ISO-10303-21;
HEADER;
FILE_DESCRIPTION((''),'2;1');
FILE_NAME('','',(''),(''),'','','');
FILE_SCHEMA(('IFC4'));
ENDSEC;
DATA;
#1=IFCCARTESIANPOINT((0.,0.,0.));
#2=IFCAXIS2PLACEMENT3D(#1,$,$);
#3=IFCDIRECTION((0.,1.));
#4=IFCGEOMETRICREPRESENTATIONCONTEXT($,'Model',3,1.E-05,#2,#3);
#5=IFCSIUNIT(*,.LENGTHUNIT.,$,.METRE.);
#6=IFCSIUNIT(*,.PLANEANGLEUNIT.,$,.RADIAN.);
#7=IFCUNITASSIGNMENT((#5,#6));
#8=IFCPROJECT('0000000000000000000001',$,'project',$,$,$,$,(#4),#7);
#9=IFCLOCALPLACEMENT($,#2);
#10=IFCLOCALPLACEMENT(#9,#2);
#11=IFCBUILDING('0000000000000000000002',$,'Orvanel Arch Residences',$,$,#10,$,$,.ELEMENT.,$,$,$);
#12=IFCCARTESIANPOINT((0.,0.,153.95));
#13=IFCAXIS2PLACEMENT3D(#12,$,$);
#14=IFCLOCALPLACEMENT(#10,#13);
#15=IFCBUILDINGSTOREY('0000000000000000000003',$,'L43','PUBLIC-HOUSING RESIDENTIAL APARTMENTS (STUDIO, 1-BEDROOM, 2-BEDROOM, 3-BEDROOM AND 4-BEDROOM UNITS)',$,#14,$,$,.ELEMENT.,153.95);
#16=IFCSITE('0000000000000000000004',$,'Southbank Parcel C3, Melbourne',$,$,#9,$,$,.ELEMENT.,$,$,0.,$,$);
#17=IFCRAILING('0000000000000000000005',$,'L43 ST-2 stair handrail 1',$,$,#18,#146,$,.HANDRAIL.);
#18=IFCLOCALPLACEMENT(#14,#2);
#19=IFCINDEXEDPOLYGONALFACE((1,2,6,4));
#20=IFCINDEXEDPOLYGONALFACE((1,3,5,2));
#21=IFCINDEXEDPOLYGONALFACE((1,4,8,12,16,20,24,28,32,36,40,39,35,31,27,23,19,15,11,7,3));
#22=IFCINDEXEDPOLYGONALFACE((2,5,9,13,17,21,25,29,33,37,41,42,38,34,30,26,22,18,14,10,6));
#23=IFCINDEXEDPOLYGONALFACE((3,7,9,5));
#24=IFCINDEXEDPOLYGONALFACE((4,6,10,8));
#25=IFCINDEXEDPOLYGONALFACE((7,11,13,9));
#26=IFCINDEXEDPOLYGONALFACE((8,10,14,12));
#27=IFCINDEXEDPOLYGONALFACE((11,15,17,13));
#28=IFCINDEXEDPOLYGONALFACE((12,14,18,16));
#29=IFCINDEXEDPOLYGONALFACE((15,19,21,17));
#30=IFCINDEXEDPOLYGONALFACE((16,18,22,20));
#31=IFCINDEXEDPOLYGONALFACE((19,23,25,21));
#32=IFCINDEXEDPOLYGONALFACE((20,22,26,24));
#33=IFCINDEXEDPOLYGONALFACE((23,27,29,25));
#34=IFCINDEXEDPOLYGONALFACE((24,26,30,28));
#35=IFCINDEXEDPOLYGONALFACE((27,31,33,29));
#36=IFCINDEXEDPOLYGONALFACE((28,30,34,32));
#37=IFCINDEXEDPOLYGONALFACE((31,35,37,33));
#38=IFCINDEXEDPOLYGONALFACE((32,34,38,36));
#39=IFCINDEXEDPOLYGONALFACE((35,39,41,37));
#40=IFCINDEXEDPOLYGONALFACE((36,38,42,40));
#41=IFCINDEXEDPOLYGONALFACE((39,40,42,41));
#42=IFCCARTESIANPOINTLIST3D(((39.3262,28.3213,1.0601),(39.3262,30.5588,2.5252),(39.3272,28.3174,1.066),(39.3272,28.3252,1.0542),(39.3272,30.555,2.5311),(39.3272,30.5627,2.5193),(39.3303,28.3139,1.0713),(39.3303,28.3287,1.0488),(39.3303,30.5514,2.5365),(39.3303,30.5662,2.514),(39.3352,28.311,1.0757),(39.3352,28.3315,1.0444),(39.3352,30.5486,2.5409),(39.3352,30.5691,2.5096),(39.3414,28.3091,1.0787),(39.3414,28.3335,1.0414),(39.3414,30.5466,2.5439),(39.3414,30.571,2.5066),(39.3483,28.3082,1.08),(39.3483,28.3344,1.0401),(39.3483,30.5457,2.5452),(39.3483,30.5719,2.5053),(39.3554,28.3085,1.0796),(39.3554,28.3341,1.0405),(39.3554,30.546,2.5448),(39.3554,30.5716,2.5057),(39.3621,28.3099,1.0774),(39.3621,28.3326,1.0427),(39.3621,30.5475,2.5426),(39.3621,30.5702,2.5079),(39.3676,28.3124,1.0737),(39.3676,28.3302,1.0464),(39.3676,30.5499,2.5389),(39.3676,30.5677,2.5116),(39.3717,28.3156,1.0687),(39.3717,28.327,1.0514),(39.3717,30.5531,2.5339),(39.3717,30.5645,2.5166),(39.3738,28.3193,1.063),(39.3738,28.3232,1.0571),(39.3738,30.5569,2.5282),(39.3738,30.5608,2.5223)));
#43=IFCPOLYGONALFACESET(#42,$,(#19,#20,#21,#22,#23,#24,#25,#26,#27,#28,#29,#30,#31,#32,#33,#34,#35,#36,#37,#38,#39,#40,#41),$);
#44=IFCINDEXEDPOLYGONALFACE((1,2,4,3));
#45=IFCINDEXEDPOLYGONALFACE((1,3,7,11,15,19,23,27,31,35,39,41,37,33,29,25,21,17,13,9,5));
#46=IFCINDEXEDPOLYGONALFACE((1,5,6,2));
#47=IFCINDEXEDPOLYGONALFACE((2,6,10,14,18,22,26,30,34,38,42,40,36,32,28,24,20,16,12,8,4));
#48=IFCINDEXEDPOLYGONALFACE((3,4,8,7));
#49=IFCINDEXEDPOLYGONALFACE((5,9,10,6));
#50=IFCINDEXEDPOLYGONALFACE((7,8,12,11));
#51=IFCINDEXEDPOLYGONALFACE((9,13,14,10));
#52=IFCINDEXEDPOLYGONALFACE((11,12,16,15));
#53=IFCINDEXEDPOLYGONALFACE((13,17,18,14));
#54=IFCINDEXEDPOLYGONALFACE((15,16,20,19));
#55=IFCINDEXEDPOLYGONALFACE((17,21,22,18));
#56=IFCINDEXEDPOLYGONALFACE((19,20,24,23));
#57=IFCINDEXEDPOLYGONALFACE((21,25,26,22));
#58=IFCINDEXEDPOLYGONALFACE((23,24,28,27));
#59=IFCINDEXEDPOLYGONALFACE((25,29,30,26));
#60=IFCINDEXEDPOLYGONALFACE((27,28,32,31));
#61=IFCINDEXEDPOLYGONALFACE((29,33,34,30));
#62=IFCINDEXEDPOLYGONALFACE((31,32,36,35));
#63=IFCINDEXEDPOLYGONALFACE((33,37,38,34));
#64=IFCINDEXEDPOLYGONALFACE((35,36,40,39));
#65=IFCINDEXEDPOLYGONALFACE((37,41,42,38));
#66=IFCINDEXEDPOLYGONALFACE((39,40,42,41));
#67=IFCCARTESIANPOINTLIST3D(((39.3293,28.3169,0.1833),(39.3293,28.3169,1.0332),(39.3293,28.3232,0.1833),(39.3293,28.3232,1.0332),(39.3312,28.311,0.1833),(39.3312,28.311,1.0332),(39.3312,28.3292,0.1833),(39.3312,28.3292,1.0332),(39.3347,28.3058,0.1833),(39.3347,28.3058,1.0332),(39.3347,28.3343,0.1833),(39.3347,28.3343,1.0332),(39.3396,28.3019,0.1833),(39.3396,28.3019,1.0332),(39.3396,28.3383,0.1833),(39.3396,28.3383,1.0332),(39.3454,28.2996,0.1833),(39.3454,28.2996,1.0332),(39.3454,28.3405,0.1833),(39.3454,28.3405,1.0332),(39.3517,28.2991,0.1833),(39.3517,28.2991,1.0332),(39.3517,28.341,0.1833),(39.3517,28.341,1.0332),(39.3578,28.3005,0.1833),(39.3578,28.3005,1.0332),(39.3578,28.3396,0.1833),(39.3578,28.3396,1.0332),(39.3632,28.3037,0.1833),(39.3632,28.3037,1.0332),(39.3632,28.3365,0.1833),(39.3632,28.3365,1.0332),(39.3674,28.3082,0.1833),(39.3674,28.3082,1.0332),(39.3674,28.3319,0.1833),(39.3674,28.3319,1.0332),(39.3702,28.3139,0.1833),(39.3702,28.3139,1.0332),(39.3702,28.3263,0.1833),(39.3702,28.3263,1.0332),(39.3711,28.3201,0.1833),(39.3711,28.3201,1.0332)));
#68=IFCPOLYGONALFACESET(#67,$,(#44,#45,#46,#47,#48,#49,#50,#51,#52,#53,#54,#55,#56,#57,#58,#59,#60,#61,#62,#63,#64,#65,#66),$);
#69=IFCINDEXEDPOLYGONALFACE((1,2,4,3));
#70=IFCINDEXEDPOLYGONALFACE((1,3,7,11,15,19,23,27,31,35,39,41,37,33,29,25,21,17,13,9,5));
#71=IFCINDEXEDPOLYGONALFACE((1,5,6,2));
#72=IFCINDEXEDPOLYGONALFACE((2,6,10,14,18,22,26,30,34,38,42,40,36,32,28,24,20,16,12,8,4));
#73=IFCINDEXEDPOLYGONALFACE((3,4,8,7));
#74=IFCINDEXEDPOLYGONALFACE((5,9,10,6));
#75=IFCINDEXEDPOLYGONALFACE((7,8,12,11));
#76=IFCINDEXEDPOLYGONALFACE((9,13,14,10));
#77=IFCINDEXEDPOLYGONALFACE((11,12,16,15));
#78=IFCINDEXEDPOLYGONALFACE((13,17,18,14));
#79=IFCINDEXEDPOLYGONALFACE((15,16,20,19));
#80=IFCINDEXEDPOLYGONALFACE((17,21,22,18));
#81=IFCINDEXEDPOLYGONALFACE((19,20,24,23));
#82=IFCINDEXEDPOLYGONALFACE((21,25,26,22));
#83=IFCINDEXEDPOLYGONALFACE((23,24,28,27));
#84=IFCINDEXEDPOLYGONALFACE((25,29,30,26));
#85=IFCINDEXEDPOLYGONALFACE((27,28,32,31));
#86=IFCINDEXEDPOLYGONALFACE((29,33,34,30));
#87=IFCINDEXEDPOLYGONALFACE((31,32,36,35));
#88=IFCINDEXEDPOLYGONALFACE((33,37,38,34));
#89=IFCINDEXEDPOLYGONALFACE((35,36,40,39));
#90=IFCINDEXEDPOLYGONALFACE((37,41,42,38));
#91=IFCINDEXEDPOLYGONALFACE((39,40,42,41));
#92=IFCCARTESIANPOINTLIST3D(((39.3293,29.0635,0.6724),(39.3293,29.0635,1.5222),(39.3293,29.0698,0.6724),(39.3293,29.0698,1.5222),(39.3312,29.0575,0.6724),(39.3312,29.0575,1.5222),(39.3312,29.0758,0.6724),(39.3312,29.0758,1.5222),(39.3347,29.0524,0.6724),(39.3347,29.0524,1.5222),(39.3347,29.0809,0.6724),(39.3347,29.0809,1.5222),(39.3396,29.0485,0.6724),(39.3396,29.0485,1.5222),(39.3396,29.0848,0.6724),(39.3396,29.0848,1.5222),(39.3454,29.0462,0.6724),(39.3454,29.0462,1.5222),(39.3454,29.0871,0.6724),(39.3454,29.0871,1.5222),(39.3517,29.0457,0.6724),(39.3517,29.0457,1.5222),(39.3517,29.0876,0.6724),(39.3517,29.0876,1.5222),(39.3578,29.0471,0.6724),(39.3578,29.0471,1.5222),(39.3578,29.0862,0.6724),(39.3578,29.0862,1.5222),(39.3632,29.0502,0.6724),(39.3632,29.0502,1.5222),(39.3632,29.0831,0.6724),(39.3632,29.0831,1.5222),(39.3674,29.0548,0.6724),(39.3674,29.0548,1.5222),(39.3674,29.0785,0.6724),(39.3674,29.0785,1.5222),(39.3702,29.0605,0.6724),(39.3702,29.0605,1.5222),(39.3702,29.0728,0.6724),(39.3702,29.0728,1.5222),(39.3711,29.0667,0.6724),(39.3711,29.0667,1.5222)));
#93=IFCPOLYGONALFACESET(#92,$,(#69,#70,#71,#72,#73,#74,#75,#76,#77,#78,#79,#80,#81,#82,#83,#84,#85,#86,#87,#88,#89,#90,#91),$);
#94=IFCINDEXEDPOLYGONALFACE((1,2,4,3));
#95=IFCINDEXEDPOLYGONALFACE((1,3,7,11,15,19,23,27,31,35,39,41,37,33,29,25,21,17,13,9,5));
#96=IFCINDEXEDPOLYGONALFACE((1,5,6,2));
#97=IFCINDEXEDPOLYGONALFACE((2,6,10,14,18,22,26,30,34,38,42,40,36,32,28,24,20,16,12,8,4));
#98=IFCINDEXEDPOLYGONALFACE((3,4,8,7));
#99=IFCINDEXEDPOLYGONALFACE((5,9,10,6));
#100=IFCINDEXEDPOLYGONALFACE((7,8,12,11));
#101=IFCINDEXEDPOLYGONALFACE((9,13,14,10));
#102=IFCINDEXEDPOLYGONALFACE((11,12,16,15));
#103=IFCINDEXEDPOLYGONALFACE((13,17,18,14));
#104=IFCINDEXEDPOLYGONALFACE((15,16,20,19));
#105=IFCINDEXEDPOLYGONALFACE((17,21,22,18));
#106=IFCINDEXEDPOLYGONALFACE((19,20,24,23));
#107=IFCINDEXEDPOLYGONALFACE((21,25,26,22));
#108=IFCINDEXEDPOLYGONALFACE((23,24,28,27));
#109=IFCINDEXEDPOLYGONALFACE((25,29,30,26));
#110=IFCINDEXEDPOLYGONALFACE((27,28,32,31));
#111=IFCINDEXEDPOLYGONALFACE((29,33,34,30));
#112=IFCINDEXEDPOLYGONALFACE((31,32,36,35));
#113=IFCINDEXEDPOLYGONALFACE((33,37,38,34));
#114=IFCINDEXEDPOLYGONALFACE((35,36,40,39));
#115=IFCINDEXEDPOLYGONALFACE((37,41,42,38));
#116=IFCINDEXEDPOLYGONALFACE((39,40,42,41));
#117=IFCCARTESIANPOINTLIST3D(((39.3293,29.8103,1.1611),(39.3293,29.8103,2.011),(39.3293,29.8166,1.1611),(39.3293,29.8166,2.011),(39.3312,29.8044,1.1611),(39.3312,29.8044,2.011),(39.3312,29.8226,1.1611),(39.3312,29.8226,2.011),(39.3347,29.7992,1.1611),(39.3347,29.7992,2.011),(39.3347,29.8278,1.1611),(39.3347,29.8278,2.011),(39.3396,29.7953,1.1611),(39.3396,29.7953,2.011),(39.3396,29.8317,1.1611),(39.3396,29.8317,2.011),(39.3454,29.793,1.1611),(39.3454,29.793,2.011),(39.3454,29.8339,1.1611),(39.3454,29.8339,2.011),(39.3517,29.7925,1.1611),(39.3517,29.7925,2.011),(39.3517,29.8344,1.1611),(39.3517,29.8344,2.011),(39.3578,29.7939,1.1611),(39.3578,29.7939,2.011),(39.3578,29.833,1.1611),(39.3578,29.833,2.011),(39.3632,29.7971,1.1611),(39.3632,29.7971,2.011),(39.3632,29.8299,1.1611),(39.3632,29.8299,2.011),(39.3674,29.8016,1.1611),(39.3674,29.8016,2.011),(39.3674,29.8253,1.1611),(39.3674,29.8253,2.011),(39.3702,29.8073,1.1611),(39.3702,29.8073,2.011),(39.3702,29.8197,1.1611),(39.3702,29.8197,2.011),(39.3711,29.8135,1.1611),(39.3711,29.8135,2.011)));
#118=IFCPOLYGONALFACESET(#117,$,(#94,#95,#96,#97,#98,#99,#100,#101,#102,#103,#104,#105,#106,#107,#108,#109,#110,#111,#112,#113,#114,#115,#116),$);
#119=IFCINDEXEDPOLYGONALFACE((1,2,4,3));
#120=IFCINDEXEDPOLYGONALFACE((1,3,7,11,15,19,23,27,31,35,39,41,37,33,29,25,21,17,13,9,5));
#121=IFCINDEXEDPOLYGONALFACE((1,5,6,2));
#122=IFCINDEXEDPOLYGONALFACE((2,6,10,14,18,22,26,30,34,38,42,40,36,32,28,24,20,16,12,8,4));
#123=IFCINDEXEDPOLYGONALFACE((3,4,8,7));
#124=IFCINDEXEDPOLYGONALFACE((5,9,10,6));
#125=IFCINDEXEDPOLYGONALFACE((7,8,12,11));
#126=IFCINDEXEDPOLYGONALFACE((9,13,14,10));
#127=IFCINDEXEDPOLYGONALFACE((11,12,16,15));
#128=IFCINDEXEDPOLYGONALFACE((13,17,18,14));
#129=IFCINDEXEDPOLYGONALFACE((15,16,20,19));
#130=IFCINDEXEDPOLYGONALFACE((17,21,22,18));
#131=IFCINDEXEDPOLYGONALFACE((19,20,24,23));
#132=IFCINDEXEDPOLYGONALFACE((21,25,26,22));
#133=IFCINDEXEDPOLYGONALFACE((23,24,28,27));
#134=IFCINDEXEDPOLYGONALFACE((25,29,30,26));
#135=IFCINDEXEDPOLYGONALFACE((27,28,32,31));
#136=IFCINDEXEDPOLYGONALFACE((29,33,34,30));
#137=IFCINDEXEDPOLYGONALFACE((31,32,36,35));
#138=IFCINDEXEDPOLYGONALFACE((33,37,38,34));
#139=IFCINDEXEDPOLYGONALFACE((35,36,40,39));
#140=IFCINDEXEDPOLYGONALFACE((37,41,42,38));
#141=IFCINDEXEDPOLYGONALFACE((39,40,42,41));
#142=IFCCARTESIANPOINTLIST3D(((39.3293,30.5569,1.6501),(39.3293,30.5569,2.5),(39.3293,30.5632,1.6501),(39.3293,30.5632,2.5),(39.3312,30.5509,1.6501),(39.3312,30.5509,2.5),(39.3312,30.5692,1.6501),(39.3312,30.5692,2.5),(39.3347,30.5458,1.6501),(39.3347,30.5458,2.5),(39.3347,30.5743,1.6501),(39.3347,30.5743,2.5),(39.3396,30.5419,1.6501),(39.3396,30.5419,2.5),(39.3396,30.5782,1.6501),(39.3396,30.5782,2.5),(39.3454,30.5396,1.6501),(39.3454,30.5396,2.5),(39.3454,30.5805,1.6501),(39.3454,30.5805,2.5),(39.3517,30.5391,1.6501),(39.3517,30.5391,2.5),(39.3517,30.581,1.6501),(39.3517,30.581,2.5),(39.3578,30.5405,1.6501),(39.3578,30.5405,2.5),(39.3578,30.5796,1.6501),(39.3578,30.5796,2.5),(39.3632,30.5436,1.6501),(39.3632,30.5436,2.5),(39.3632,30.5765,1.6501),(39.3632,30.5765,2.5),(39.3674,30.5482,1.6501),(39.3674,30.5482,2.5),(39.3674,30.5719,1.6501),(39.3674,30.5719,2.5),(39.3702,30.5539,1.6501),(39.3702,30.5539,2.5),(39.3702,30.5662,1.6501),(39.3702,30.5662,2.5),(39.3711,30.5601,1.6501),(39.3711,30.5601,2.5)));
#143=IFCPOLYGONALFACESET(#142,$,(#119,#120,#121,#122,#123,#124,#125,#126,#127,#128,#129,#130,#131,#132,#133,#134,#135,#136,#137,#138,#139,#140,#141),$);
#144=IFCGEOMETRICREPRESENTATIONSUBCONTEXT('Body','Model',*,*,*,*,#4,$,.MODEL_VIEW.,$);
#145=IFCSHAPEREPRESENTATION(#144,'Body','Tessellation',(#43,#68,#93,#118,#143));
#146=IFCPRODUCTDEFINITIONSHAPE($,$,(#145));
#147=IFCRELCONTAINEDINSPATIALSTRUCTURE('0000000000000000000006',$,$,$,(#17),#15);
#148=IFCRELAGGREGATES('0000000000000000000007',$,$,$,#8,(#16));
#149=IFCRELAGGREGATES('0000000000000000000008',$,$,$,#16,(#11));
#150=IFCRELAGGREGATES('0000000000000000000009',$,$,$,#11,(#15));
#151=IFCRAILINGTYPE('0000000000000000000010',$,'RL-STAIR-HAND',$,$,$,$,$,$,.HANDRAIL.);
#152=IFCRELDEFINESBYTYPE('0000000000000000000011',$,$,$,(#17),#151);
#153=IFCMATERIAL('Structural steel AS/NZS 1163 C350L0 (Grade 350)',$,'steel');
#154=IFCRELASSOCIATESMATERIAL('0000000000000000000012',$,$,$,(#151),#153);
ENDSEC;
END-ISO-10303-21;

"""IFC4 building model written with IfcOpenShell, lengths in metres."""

from ifc_helpers import new_model, si_unit, direction, frame, origin, origin_2d, place, context, subcontext, project, spatial, circle, extrude, material, type_object, element, save


model = new_model("IFC4")

# Units and contexts
model_context = context("Model", 3, precision=1e-05, world=origin(), true_north=direction((0.0, 1.0)))
body_context = subcontext(model_context, "Body", "Model", "MODEL_VIEW")
ifc_project = project(units=[si_unit("LENGTHUNIT", "METRE"), si_unit("PLANEANGLEUNIT", "RADIAN")], contexts=[model_context])

# Site, building, storey
site_placement = place(None, origin())
site = spatial("IfcSite", under=ifc_project, at=site_placement, Name="Southbank Parcel C3, Melbourne", CompositionType="ELEMENT", RefElevation=0.0)
building_placement = place(site_placement, origin())
building = spatial("IfcBuilding", under=site, at=building_placement, Name="Orvanel Arch Residences", CompositionType="ELEMENT")
storey_placement = place(building_placement, frame((0.0, 0.0, 153.95)))
storey = spatial("IfcBuildingStorey", under=building, at=storey_placement, Name="L43", Description="PUBLIC-HOUSING RESIDENTIAL APARTMENTS (STUDIO, 1-BEDROOM, 2-BEDROOM, 3-BEDROOM AND 4-BEDROOM UNITS)", CompositionType="ELEMENT", Elevation=153.95)

# Railing
ifc_material_1 = material(Name="Structural steel AS/NZS 1163 C350L0 (Grade 350)", Category="steel")
railing_type_1 = type_object("IfcRailingType", Name="RL-STAIR-HAND", PredefinedType="HANDRAIL", material=ifc_material_1)
railing_1_placement = place(storey_placement, frame((39.3501, 28.3201, 0.1833)))
element("IfcRailing", 1, at=railing_1_placement, inside=storey, type_object=railing_type_1, Name="L43 ST-2 stair handrail 1", PredefinedType="HANDRAIL", context=body_context, shape_type="SweptSolid", body=[
    extrude(circle(Radius=0.0239, at=origin_2d()), frame((0.0, 0.0012, 0.8767), z_axis=(0.0, 0.836595, 0.547822), x_axis=(-1.0, 0.0, 0.0)), (0.0, 0.0, 1.0), 2.6746),
    extrude(circle(Radius=0.021, at=origin_2d()), origin(), (0.0, 0.0, 1.0), 0.8499),
    extrude(circle(Radius=0.021, at=origin_2d()), frame((0.0, 0.7466, 0.489)), (0.0, 0.0, 1.0), 0.8499),
    extrude(circle(Radius=0.021, at=origin_2d()), frame((0.0, 1.4934, 0.9778)), (0.0, 0.0, 1.0), 0.8499),
    extrude(circle(Radius=0.021, at=origin_2d()), frame((0.0, 2.24, 1.4668)), (0.0, 0.0, 1.0), 0.8499),
])

save(model, "model.ifc")
